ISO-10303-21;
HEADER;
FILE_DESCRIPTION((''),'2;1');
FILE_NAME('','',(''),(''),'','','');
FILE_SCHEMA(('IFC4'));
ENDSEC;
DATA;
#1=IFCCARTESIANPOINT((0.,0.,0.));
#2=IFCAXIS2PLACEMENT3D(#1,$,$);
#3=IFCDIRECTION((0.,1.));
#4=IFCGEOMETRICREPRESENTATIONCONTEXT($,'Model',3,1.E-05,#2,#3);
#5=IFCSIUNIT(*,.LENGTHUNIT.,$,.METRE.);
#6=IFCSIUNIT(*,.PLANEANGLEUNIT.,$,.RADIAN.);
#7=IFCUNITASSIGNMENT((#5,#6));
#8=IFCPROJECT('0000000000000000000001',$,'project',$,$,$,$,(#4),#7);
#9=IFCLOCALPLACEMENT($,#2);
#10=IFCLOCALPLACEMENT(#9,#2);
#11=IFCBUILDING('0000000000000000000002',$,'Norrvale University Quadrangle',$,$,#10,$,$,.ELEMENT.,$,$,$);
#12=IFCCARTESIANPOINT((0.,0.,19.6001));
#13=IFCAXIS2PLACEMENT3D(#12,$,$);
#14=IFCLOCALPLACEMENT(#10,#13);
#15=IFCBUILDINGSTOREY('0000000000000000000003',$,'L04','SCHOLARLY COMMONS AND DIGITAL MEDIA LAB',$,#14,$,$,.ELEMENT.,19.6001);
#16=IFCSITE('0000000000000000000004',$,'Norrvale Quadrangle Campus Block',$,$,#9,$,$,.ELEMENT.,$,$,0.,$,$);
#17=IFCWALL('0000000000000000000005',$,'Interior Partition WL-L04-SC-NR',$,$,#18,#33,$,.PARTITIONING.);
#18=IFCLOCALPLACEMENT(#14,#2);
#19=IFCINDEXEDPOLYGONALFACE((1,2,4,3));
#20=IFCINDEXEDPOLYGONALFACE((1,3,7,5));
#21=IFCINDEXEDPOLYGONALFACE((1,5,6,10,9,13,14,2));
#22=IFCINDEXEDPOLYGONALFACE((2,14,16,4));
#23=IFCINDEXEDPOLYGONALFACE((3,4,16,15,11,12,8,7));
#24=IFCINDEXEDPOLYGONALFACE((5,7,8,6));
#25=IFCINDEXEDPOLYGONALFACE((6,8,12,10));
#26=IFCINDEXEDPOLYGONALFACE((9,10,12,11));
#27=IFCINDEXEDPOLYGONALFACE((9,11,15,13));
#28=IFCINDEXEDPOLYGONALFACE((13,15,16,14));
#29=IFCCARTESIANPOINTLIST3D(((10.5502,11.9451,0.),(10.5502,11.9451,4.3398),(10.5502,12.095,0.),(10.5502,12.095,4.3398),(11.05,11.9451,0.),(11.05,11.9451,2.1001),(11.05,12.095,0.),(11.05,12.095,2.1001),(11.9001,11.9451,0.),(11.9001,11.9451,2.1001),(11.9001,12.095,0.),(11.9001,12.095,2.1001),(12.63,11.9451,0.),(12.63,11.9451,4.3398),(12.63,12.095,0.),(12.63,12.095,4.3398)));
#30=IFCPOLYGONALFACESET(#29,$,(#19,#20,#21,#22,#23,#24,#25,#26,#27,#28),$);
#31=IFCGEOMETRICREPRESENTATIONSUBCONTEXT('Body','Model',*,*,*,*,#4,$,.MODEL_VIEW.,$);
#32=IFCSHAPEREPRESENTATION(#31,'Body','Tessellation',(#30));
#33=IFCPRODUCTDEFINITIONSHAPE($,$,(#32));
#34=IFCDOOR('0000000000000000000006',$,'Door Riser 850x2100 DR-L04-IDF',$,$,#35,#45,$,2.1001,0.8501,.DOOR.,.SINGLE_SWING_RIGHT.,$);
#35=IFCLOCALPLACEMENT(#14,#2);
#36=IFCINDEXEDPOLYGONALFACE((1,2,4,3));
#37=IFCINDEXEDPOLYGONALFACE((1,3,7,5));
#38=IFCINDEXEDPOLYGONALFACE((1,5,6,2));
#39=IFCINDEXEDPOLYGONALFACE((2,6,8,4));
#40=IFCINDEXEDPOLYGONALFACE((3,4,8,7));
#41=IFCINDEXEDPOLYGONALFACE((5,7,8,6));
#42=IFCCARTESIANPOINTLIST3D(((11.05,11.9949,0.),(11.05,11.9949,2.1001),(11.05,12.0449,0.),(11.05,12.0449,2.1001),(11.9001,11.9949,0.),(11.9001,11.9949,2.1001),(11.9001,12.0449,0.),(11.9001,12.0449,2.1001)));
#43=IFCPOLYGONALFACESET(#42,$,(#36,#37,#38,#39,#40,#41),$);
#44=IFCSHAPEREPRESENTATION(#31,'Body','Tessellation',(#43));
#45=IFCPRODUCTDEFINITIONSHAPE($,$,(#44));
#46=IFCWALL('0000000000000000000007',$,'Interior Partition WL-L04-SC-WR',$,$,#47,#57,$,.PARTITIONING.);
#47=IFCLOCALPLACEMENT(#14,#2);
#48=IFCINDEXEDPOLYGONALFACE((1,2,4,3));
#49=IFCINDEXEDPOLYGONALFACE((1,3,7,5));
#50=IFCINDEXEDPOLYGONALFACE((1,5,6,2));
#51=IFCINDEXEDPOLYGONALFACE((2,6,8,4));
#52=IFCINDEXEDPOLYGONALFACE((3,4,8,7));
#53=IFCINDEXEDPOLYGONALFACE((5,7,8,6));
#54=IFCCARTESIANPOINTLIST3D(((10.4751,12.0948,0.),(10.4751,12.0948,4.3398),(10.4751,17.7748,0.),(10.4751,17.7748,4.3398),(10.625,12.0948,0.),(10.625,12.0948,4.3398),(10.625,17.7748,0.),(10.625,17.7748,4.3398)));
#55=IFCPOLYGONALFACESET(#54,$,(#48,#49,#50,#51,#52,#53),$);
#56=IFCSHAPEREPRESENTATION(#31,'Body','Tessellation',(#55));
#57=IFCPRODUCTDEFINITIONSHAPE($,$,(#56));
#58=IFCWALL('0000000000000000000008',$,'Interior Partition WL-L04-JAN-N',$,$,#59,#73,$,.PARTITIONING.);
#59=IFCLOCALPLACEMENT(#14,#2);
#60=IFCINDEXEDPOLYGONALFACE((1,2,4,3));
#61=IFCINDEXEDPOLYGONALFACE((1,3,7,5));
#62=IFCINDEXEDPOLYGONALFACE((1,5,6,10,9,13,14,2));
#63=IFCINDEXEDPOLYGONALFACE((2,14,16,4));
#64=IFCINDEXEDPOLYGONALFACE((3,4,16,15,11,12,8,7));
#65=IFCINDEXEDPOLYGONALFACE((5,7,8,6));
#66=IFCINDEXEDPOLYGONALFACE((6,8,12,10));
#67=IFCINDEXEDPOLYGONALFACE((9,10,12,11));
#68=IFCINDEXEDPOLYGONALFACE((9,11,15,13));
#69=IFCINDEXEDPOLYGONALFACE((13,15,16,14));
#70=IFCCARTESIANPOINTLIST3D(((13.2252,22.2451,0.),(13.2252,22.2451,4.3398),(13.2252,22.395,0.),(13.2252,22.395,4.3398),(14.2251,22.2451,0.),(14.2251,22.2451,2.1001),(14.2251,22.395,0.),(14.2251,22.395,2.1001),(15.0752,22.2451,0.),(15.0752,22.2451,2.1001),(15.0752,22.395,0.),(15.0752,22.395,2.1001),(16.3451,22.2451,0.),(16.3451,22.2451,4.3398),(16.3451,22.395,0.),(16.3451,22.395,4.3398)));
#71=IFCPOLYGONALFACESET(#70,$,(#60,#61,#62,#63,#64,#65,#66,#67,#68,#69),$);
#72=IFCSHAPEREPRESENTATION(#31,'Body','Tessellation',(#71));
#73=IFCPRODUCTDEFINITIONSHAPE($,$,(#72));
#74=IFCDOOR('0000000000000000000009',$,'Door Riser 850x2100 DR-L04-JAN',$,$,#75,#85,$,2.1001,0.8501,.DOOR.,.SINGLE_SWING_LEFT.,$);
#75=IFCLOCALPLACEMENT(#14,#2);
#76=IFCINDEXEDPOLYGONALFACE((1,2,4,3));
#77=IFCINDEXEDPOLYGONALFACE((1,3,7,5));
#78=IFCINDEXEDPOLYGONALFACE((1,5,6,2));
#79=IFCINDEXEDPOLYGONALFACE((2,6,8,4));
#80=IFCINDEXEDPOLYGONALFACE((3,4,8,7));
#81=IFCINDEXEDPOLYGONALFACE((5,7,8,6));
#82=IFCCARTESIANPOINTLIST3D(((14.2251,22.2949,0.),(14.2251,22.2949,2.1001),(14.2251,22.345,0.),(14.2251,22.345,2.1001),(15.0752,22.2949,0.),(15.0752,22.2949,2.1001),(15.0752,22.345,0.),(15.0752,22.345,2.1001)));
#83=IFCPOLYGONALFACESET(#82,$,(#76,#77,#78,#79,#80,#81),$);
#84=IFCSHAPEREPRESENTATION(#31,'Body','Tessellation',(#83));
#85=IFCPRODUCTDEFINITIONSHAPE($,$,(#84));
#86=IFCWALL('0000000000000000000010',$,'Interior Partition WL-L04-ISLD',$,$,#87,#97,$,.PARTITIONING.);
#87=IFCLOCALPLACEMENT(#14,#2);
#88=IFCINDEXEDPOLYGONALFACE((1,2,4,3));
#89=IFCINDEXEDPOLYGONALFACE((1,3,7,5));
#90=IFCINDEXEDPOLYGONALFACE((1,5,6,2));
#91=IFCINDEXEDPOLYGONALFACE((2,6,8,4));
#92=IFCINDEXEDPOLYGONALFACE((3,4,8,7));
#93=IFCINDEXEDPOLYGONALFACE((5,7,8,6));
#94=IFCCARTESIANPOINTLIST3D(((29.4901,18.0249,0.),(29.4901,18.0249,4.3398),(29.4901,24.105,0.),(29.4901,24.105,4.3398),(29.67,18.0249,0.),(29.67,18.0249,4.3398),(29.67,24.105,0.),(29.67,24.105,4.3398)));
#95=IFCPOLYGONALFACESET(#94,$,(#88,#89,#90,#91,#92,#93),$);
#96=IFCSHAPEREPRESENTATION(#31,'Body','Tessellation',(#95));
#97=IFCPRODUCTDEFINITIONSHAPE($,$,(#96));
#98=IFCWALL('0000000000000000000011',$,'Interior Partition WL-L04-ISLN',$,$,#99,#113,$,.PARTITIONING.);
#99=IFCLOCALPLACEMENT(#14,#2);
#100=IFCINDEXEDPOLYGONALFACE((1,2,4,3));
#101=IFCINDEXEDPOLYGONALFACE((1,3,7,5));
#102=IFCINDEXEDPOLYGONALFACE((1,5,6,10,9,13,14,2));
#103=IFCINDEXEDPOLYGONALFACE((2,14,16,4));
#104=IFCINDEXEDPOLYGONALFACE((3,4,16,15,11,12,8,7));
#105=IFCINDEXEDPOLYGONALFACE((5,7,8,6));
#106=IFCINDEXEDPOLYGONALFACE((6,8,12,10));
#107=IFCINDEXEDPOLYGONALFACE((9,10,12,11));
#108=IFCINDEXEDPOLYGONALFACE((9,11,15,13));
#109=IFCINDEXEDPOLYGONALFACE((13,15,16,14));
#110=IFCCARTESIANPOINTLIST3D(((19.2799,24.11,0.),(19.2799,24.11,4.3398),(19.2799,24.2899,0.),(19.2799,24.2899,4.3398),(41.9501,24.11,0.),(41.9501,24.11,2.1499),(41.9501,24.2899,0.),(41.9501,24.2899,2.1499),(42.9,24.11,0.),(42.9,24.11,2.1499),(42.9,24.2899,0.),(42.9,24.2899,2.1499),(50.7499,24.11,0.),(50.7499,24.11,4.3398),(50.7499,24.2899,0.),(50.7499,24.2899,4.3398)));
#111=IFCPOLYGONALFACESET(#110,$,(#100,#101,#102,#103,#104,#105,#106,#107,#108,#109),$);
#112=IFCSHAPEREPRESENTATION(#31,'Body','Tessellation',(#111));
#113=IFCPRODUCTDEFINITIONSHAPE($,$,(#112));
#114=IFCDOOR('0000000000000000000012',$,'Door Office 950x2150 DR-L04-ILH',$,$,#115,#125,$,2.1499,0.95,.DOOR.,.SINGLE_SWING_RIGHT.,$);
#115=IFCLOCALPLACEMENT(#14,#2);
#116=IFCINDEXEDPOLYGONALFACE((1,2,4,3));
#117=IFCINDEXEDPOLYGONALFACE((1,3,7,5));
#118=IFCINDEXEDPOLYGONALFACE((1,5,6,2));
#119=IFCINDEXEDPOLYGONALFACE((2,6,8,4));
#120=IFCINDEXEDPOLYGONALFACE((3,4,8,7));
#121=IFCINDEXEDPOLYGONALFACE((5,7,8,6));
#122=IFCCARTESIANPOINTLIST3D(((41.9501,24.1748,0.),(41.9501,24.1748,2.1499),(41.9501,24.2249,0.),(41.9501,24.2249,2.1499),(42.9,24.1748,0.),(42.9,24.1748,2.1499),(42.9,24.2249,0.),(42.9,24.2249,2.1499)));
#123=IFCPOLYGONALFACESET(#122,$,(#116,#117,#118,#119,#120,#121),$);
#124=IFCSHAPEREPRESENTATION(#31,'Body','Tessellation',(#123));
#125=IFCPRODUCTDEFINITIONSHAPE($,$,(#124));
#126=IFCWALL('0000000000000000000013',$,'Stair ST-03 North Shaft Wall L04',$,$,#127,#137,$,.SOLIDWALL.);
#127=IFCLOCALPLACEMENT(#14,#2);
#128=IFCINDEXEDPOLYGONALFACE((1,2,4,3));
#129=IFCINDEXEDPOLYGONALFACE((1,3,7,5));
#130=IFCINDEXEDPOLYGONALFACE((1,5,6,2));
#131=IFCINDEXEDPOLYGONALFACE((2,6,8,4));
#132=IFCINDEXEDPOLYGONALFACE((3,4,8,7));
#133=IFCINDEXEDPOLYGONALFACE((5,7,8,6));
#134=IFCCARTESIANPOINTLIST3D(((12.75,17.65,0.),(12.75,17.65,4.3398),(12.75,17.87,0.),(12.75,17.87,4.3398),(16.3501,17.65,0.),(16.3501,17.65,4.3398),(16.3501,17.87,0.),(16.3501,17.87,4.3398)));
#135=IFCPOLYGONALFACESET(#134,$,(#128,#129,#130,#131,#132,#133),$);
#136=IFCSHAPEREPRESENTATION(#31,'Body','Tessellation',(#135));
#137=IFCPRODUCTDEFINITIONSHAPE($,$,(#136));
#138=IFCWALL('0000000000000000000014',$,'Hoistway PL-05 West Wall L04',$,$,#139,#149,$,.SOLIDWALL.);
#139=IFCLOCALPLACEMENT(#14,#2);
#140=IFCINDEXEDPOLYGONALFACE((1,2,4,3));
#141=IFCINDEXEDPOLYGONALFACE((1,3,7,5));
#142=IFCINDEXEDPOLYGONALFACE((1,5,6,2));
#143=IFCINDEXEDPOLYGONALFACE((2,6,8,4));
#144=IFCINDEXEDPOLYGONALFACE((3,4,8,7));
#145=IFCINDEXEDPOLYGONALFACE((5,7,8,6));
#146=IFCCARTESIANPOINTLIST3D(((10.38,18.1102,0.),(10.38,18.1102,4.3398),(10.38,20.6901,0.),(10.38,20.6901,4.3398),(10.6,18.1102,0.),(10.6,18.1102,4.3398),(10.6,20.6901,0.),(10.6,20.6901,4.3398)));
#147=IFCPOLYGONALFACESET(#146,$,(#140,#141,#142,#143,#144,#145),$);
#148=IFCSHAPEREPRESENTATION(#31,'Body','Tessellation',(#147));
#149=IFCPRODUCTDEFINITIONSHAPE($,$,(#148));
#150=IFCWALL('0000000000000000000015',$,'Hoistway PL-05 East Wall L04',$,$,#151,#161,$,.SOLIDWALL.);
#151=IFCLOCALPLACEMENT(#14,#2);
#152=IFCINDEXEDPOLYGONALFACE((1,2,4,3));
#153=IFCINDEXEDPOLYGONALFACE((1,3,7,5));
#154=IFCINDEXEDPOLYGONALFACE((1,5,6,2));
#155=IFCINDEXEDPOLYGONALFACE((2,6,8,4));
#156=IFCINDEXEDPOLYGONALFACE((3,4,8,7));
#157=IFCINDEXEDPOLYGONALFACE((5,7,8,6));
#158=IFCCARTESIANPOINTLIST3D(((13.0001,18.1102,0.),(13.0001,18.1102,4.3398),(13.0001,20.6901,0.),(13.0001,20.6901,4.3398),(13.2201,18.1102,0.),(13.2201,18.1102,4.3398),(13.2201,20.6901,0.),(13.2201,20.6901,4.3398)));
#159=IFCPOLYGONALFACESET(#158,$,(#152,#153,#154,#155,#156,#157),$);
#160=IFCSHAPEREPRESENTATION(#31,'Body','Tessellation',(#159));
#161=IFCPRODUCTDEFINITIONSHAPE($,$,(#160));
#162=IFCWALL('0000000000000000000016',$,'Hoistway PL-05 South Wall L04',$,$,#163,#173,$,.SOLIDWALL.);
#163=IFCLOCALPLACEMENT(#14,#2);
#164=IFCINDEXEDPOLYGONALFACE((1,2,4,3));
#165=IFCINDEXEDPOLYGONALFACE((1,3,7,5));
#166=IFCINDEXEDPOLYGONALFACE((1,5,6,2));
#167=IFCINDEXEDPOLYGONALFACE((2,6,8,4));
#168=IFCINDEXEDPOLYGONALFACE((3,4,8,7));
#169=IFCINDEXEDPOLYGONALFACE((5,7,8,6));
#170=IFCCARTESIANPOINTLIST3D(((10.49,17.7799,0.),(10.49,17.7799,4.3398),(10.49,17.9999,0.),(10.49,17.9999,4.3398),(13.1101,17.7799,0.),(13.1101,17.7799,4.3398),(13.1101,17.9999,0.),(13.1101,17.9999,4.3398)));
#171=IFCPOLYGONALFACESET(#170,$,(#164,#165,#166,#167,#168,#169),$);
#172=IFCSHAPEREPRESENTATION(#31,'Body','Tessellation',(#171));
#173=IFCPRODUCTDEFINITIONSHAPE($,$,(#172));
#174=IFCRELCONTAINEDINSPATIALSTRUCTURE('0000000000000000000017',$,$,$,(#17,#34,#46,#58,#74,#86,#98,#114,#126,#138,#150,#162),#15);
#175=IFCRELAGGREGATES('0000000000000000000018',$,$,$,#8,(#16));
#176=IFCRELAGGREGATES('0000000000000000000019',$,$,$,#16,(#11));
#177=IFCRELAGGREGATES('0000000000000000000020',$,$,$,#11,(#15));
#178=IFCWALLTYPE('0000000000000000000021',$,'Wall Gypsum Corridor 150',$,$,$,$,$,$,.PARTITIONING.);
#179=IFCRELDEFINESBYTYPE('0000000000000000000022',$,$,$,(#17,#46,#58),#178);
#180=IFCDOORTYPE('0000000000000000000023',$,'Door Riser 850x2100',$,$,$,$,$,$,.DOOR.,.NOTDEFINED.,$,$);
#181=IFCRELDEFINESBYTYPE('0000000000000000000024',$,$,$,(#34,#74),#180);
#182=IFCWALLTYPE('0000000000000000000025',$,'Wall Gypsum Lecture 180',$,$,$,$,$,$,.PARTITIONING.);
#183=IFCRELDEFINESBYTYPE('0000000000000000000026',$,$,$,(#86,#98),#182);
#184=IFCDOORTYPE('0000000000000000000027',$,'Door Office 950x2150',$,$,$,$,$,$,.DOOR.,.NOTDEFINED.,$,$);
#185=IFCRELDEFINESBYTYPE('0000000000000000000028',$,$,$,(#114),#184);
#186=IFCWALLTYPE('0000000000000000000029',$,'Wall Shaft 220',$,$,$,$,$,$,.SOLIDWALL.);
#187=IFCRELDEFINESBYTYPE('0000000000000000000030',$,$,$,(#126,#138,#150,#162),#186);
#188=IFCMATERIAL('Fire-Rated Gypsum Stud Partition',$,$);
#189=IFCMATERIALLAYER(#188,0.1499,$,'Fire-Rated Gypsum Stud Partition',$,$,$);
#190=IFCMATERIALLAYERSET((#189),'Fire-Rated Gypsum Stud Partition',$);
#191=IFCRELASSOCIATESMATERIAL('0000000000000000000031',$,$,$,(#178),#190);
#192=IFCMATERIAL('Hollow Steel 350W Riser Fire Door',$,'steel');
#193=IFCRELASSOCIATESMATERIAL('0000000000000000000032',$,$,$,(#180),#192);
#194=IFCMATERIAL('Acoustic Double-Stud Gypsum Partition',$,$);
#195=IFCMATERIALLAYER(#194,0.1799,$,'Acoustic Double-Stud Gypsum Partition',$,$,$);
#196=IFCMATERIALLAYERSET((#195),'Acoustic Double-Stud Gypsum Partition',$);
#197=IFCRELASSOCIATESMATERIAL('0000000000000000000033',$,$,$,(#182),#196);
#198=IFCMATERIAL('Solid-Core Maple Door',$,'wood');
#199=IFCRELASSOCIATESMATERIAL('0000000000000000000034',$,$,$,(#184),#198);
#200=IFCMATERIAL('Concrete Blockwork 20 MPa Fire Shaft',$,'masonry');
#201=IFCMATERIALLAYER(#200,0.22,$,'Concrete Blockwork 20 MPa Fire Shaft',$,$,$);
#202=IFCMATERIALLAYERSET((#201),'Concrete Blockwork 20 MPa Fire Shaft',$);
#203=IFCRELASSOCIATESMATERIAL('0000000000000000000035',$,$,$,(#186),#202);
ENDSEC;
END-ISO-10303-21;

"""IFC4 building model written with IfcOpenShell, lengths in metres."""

from ifc_helpers import new_model, si_unit, direction, frame, frame_2d, origin, place, context, subcontext, project, spatial, rectangle, extrude, material, layer, layer_set, type_object, element, fill, save


model = new_model("IFC4")

# Units and contexts
model_context = context("Model", 3, precision=1e-05, world=origin(), true_north=direction((0.0, 1.0)))
body_context = subcontext(model_context, "Body", "Model", "MODEL_VIEW")
ifc_project = project(units=[si_unit("LENGTHUNIT", "METRE"), si_unit("PLANEANGLEUNIT", "RADIAN")], contexts=[model_context])

# Site, building, storey
site_placement = place(None, origin())
site = spatial("IfcSite", under=ifc_project, at=site_placement, Name="Norrvale Quadrangle Campus Block", CompositionType="ELEMENT", RefElevation=0.0)
building_placement = place(site_placement, origin())
building = spatial("IfcBuilding", under=site, at=building_placement, Name="Norrvale University Quadrangle", CompositionType="ELEMENT")
storey_placement = place(building_placement, frame((0.0, 0.0, 19.6001)))
storey = spatial("IfcBuildingStorey", under=building, at=storey_placement, Name="L04", Description="SCHOLARLY COMMONS AND DIGITAL MEDIA LAB", CompositionType="ELEMENT", Elevation=19.6001)

# Wall, opening, door
ifc_material_1 = material(Name="Fire-Rated Gypsum Stud Partition")
ifc_layer_1 = layer(ifc_material_1, 0.1499, Name="Fire-Rated Gypsum Stud Partition")
ifc_layer_set_1 = layer_set([ifc_layer_1], Name="Fire-Rated Gypsum Stud Partition")
wall_type_1 = type_object("IfcWallType", Name="Wall Gypsum Corridor 150", PredefinedType="PARTITIONING", material=ifc_layer_set_1)
wall_1_placement = place(storey_placement, frame((10.55, 12.02, 0.0), z_axis=(0.0, 0.0, 1.0), x_axis=(1.0, 0.0, 0.0)))
wall_1 = element("IfcWall", 1, at=wall_1_placement, inside=storey, type_object=wall_type_1, Name="Interior Partition WL-L04-SC-NR", PredefinedType="PARTITIONING", context=body_context, shape_type="SweptSolid", body=[
    extrude(rectangle(XDim=2.0798, YDim=0.1499, at=frame_2d((1.04, 0.0))), origin(), (0.0, 0.0, 1.0), 4.3398),
])
opening_1_placement = place(wall_1_placement, frame((0.5, 0.0, 0.0)))
opening_1 = element("IfcOpeningElement", 2, at=opening_1_placement, cuts=wall_1, PredefinedType="OPENING", context=body_context, shape_type="SweptSolid", body=[
    extrude(rectangle(XDim=0.8501, YDim=2.1001, at=frame_2d((0.425, 1.05))), frame((0.0, 0.0869, 0.0), z_axis=(0.0, -1.0, 0.0), x_axis=(1.0, 0.0, 0.0)), (0.0, 0.0, 1.0), 0.1738),
])
ifc_material_2 = material(Name="Hollow Steel 350W Riser Fire Door", Category="steel")
door_type_1 = type_object("IfcDoorType", Name="Door Riser 850x2100", OperationType="NOTDEFINED", PredefinedType="DOOR", material=ifc_material_2)
door_1_placement = place(opening_1_placement, origin())
door_1 = element("IfcDoor", 3, at=door_1_placement, inside=storey, type_object=door_type_1, Name="Door Riser 850x2100 DR-L04-IDF", OperationType="SINGLE_SWING_RIGHT", OverallHeight=2.1001, OverallWidth=0.8501, PredefinedType="DOOR", context=body_context, shape_type="SweptSolid", body=[
    extrude(rectangle(XDim=0.8501, YDim=2.1001, at=frame_2d((0.425, 1.05))), frame((0.0, 0.0249, 0.0), z_axis=(0.0, -1.0, 0.0), x_axis=(1.0, 0.0, 0.0)), (0.0, 0.0, 1.0), 0.05),
])
fill(opening_1, door_1)

# Wall
wall_2_placement = place(storey_placement, frame((10.55, 12.095, 0.0), z_axis=(0.0, 0.0, 1.0), x_axis=(0.0, 1.0, 0.0)))
element("IfcWall", 4, at=wall_2_placement, inside=storey, type_object=wall_type_1, Name="Interior Partition WL-L04-SC-WR", PredefinedType="PARTITIONING", context=body_context, shape_type="SweptSolid", body=[
    extrude(rectangle(XDim=5.6799, YDim=0.1499, at=frame_2d((2.8398, 0.0))), origin(), (0.0, 0.0, 1.0), 4.3398),
])

# Wall, opening, door
wall_3_placement = place(storey_placement, frame((13.2251, 22.3201, 0.0), z_axis=(0.0, 0.0, 1.0), x_axis=(1.0, 0.0, 0.0)))
wall_3 = element("IfcWall", 5, at=wall_3_placement, inside=storey, type_object=wall_type_1, Name="Interior Partition WL-L04-JAN-N", PredefinedType="PARTITIONING", context=body_context, shape_type="SweptSolid", body=[
    extrude(rectangle(XDim=3.1199, YDim=0.1499, at=frame_2d((1.5601, 0.0))), origin(), (0.0, 0.0, 1.0), 4.3398),
])
opening_2_placement = place(wall_3_placement, frame((1.0, 0.0, 0.0)))
opening_2 = element("IfcOpeningElement", 6, at=opening_2_placement, cuts=wall_3, PredefinedType="OPENING", context=body_context, shape_type="SweptSolid", body=[
    extrude(rectangle(XDim=0.8501, YDim=2.1001, at=frame_2d((0.425, 1.05))), frame((0.0, 0.0869, 0.0), z_axis=(0.0, -1.0, 0.0), x_axis=(1.0, 0.0, 0.0)), (0.0, 0.0, 1.0), 0.1738),
])
door_2_placement = place(opening_2_placement, origin())
door_2 = element("IfcDoor", 7, at=door_2_placement, inside=storey, type_object=door_type_1, Name="Door Riser 850x2100 DR-L04-JAN", OperationType="SINGLE_SWING_LEFT", OverallHeight=2.1001, OverallWidth=0.8501, PredefinedType="DOOR", context=body_context, shape_type="SweptSolid", body=[
    extrude(rectangle(XDim=0.8501, YDim=2.1001, at=frame_2d((0.425, 1.05))), frame((0.0, 0.0249, 0.0), z_axis=(0.0, -1.0, 0.0), x_axis=(1.0, 0.0, 0.0)), (0.0, 0.0, 1.0), 0.05),
])
fill(opening_2, door_2)

# Wall
ifc_material_3 = material(Name="Acoustic Double-Stud Gypsum Partition")
ifc_layer_2 = layer(ifc_material_3, 0.1799, Name="Acoustic Double-Stud Gypsum Partition")
ifc_layer_set_2 = layer_set([ifc_layer_2], Name="Acoustic Double-Stud Gypsum Partition")
wall_type_2 = type_object("IfcWallType", Name="Wall Gypsum Lecture 180", PredefinedType="PARTITIONING", material=ifc_layer_set_2)
wall_4_placement = place(storey_placement, frame((29.5801, 18.0249, 0.0), z_axis=(0.0, 0.0, 1.0), x_axis=(0.0, 1.0, 0.0)))
element("IfcWall", 8, at=wall_4_placement, inside=storey, type_object=wall_type_2, Name="Interior Partition WL-L04-ISLD", PredefinedType="PARTITIONING", context=body_context, shape_type="SweptSolid", body=[
    extrude(rectangle(XDim=6.0801, YDim=0.1799, at=frame_2d((3.04, 0.0))), origin(), (0.0, 0.0, 1.0), 4.3398),
])

# Wall, opening, door
wall_5_placement = place(storey_placement, frame((19.28, 24.2, 0.0), z_axis=(0.0, 0.0, 1.0), x_axis=(1.0, 0.0, 0.0)))
wall_5 = element("IfcWall", 9, at=wall_5_placement, inside=storey, type_object=wall_type_2, Name="Interior Partition WL-L04-ISLN", PredefinedType="PARTITIONING", context=body_context, shape_type="SweptSolid", body=[
    extrude(rectangle(XDim=31.47, YDim=0.1799, at=frame_2d((15.7349, 0.0))), origin(), (0.0, 0.0, 1.0), 4.3398),
])
opening_3_placement = place(wall_5_placement, frame((22.6699, 0.0, 0.0)))
opening_3 = element("IfcOpeningElement", 10, at=opening_3_placement, cuts=wall_5, PredefinedType="OPENING", context=body_context, shape_type="SweptSolid", body=[
    extrude(rectangle(XDim=0.95, YDim=2.1499, at=frame_2d((0.4751, 1.075))), frame((0.0, 0.1021, 0.0), z_axis=(0.0, -1.0, 0.0), x_axis=(1.0, 0.0, 0.0)), (0.0, 0.0, 1.0), 0.2039),
])
ifc_material_4 = material(Name="Solid-Core Maple Door", Category="wood")
door_type_2 = type_object("IfcDoorType", Name="Door Office 950x2150", OperationType="NOTDEFINED", PredefinedType="DOOR", material=ifc_material_4)
door_3_placement = place(opening_3_placement, origin())
door_3 = element("IfcDoor", 11, at=door_3_placement, inside=storey, type_object=door_type_2, Name="Door Office 950x2150 DR-L04-ILH", OperationType="SINGLE_SWING_RIGHT", OverallHeight=2.1499, OverallWidth=0.95, PredefinedType="DOOR", context=body_context, shape_type="SweptSolid", body=[
    extrude(rectangle(XDim=0.95, YDim=2.1499, at=frame_2d((0.4751, 1.075))), frame((0.0, 0.0249, 0.0), z_axis=(0.0, -1.0, 0.0), x_axis=(1.0, 0.0, 0.0)), (0.0, 0.0, 1.0), 0.05),
])
fill(opening_3, door_3)

# Walls
ifc_material_5 = material(Name="Concrete Blockwork 20 MPa Fire Shaft", Category="masonry")
ifc_layer_3 = layer(ifc_material_5, 0.22, Name="Concrete Blockwork 20 MPa Fire Shaft")
ifc_layer_set_3 = layer_set([ifc_layer_3], Name="Concrete Blockwork 20 MPa Fire Shaft")
wall_type_3 = type_object("IfcWallType", Name="Wall Shaft 220", PredefinedType="SOLIDWALL", material=ifc_layer_set_3)
wall_6_placement = place(storey_placement, frame((12.75, 17.76, 0.0), z_axis=(0.0, 0.0, 1.0), x_axis=(1.0, 0.0, 0.0)))
element("IfcWall", 12, at=wall_6_placement, inside=storey, type_object=wall_type_3, Name="Stair ST-03 North Shaft Wall L04", PredefinedType="SOLIDWALL", context=body_context, shape_type="SweptSolid", body=[
    extrude(rectangle(XDim=3.6001, YDim=0.22, at=frame_2d((1.8, 0.0))), origin(), (0.0, 0.0, 1.0), 4.3398),
])
for number, where, z_axis, x_axis, name in (
    (13, (10.49, 18.1101, 0.0), (0.0, 0.0, 1.0), (0.0, 1.0, 0.0), "Hoistway PL-05 West Wall L04"),
    (14, (13.1101, 18.1101, 0.0), (0.0, 0.0, 1.0), (0.0, 1.0, 0.0), "Hoistway PL-05 East Wall L04"),
):
    element("IfcWall", number, at=place(storey_placement, frame(where, z_axis=z_axis, x_axis=x_axis)), inside=storey, type_object=wall_type_3, Name=name, PredefinedType="SOLIDWALL", context=body_context, shape_type="SweptSolid", body=[
        extrude(rectangle(XDim=2.5798, YDim=0.22, at=frame_2d((1.29, 0.0))), origin(), (0.0, 0.0, 1.0), 4.3398),
    ])
for number, where, z_axis, x_axis, name in (
    (15, (10.49, 17.8899, 0.0), (0.0, 0.0, 1.0), (1.0, 0.0, 0.0), "Hoistway PL-05 South Wall L04"),
):
    element("IfcWall", number, at=place(storey_placement, frame(where, z_axis=z_axis, x_axis=x_axis)), inside=storey, type_object=wall_type_3, Name=name, PredefinedType="SOLIDWALL", context=body_context, shape_type="SweptSolid", body=[
        extrude(rectangle(XDim=2.6201, YDim=0.22, at=frame_2d((1.3101, 0.0))), origin(), (0.0, 0.0, 1.0), 4.3398),
    ])

save(model, "model.ifc")
